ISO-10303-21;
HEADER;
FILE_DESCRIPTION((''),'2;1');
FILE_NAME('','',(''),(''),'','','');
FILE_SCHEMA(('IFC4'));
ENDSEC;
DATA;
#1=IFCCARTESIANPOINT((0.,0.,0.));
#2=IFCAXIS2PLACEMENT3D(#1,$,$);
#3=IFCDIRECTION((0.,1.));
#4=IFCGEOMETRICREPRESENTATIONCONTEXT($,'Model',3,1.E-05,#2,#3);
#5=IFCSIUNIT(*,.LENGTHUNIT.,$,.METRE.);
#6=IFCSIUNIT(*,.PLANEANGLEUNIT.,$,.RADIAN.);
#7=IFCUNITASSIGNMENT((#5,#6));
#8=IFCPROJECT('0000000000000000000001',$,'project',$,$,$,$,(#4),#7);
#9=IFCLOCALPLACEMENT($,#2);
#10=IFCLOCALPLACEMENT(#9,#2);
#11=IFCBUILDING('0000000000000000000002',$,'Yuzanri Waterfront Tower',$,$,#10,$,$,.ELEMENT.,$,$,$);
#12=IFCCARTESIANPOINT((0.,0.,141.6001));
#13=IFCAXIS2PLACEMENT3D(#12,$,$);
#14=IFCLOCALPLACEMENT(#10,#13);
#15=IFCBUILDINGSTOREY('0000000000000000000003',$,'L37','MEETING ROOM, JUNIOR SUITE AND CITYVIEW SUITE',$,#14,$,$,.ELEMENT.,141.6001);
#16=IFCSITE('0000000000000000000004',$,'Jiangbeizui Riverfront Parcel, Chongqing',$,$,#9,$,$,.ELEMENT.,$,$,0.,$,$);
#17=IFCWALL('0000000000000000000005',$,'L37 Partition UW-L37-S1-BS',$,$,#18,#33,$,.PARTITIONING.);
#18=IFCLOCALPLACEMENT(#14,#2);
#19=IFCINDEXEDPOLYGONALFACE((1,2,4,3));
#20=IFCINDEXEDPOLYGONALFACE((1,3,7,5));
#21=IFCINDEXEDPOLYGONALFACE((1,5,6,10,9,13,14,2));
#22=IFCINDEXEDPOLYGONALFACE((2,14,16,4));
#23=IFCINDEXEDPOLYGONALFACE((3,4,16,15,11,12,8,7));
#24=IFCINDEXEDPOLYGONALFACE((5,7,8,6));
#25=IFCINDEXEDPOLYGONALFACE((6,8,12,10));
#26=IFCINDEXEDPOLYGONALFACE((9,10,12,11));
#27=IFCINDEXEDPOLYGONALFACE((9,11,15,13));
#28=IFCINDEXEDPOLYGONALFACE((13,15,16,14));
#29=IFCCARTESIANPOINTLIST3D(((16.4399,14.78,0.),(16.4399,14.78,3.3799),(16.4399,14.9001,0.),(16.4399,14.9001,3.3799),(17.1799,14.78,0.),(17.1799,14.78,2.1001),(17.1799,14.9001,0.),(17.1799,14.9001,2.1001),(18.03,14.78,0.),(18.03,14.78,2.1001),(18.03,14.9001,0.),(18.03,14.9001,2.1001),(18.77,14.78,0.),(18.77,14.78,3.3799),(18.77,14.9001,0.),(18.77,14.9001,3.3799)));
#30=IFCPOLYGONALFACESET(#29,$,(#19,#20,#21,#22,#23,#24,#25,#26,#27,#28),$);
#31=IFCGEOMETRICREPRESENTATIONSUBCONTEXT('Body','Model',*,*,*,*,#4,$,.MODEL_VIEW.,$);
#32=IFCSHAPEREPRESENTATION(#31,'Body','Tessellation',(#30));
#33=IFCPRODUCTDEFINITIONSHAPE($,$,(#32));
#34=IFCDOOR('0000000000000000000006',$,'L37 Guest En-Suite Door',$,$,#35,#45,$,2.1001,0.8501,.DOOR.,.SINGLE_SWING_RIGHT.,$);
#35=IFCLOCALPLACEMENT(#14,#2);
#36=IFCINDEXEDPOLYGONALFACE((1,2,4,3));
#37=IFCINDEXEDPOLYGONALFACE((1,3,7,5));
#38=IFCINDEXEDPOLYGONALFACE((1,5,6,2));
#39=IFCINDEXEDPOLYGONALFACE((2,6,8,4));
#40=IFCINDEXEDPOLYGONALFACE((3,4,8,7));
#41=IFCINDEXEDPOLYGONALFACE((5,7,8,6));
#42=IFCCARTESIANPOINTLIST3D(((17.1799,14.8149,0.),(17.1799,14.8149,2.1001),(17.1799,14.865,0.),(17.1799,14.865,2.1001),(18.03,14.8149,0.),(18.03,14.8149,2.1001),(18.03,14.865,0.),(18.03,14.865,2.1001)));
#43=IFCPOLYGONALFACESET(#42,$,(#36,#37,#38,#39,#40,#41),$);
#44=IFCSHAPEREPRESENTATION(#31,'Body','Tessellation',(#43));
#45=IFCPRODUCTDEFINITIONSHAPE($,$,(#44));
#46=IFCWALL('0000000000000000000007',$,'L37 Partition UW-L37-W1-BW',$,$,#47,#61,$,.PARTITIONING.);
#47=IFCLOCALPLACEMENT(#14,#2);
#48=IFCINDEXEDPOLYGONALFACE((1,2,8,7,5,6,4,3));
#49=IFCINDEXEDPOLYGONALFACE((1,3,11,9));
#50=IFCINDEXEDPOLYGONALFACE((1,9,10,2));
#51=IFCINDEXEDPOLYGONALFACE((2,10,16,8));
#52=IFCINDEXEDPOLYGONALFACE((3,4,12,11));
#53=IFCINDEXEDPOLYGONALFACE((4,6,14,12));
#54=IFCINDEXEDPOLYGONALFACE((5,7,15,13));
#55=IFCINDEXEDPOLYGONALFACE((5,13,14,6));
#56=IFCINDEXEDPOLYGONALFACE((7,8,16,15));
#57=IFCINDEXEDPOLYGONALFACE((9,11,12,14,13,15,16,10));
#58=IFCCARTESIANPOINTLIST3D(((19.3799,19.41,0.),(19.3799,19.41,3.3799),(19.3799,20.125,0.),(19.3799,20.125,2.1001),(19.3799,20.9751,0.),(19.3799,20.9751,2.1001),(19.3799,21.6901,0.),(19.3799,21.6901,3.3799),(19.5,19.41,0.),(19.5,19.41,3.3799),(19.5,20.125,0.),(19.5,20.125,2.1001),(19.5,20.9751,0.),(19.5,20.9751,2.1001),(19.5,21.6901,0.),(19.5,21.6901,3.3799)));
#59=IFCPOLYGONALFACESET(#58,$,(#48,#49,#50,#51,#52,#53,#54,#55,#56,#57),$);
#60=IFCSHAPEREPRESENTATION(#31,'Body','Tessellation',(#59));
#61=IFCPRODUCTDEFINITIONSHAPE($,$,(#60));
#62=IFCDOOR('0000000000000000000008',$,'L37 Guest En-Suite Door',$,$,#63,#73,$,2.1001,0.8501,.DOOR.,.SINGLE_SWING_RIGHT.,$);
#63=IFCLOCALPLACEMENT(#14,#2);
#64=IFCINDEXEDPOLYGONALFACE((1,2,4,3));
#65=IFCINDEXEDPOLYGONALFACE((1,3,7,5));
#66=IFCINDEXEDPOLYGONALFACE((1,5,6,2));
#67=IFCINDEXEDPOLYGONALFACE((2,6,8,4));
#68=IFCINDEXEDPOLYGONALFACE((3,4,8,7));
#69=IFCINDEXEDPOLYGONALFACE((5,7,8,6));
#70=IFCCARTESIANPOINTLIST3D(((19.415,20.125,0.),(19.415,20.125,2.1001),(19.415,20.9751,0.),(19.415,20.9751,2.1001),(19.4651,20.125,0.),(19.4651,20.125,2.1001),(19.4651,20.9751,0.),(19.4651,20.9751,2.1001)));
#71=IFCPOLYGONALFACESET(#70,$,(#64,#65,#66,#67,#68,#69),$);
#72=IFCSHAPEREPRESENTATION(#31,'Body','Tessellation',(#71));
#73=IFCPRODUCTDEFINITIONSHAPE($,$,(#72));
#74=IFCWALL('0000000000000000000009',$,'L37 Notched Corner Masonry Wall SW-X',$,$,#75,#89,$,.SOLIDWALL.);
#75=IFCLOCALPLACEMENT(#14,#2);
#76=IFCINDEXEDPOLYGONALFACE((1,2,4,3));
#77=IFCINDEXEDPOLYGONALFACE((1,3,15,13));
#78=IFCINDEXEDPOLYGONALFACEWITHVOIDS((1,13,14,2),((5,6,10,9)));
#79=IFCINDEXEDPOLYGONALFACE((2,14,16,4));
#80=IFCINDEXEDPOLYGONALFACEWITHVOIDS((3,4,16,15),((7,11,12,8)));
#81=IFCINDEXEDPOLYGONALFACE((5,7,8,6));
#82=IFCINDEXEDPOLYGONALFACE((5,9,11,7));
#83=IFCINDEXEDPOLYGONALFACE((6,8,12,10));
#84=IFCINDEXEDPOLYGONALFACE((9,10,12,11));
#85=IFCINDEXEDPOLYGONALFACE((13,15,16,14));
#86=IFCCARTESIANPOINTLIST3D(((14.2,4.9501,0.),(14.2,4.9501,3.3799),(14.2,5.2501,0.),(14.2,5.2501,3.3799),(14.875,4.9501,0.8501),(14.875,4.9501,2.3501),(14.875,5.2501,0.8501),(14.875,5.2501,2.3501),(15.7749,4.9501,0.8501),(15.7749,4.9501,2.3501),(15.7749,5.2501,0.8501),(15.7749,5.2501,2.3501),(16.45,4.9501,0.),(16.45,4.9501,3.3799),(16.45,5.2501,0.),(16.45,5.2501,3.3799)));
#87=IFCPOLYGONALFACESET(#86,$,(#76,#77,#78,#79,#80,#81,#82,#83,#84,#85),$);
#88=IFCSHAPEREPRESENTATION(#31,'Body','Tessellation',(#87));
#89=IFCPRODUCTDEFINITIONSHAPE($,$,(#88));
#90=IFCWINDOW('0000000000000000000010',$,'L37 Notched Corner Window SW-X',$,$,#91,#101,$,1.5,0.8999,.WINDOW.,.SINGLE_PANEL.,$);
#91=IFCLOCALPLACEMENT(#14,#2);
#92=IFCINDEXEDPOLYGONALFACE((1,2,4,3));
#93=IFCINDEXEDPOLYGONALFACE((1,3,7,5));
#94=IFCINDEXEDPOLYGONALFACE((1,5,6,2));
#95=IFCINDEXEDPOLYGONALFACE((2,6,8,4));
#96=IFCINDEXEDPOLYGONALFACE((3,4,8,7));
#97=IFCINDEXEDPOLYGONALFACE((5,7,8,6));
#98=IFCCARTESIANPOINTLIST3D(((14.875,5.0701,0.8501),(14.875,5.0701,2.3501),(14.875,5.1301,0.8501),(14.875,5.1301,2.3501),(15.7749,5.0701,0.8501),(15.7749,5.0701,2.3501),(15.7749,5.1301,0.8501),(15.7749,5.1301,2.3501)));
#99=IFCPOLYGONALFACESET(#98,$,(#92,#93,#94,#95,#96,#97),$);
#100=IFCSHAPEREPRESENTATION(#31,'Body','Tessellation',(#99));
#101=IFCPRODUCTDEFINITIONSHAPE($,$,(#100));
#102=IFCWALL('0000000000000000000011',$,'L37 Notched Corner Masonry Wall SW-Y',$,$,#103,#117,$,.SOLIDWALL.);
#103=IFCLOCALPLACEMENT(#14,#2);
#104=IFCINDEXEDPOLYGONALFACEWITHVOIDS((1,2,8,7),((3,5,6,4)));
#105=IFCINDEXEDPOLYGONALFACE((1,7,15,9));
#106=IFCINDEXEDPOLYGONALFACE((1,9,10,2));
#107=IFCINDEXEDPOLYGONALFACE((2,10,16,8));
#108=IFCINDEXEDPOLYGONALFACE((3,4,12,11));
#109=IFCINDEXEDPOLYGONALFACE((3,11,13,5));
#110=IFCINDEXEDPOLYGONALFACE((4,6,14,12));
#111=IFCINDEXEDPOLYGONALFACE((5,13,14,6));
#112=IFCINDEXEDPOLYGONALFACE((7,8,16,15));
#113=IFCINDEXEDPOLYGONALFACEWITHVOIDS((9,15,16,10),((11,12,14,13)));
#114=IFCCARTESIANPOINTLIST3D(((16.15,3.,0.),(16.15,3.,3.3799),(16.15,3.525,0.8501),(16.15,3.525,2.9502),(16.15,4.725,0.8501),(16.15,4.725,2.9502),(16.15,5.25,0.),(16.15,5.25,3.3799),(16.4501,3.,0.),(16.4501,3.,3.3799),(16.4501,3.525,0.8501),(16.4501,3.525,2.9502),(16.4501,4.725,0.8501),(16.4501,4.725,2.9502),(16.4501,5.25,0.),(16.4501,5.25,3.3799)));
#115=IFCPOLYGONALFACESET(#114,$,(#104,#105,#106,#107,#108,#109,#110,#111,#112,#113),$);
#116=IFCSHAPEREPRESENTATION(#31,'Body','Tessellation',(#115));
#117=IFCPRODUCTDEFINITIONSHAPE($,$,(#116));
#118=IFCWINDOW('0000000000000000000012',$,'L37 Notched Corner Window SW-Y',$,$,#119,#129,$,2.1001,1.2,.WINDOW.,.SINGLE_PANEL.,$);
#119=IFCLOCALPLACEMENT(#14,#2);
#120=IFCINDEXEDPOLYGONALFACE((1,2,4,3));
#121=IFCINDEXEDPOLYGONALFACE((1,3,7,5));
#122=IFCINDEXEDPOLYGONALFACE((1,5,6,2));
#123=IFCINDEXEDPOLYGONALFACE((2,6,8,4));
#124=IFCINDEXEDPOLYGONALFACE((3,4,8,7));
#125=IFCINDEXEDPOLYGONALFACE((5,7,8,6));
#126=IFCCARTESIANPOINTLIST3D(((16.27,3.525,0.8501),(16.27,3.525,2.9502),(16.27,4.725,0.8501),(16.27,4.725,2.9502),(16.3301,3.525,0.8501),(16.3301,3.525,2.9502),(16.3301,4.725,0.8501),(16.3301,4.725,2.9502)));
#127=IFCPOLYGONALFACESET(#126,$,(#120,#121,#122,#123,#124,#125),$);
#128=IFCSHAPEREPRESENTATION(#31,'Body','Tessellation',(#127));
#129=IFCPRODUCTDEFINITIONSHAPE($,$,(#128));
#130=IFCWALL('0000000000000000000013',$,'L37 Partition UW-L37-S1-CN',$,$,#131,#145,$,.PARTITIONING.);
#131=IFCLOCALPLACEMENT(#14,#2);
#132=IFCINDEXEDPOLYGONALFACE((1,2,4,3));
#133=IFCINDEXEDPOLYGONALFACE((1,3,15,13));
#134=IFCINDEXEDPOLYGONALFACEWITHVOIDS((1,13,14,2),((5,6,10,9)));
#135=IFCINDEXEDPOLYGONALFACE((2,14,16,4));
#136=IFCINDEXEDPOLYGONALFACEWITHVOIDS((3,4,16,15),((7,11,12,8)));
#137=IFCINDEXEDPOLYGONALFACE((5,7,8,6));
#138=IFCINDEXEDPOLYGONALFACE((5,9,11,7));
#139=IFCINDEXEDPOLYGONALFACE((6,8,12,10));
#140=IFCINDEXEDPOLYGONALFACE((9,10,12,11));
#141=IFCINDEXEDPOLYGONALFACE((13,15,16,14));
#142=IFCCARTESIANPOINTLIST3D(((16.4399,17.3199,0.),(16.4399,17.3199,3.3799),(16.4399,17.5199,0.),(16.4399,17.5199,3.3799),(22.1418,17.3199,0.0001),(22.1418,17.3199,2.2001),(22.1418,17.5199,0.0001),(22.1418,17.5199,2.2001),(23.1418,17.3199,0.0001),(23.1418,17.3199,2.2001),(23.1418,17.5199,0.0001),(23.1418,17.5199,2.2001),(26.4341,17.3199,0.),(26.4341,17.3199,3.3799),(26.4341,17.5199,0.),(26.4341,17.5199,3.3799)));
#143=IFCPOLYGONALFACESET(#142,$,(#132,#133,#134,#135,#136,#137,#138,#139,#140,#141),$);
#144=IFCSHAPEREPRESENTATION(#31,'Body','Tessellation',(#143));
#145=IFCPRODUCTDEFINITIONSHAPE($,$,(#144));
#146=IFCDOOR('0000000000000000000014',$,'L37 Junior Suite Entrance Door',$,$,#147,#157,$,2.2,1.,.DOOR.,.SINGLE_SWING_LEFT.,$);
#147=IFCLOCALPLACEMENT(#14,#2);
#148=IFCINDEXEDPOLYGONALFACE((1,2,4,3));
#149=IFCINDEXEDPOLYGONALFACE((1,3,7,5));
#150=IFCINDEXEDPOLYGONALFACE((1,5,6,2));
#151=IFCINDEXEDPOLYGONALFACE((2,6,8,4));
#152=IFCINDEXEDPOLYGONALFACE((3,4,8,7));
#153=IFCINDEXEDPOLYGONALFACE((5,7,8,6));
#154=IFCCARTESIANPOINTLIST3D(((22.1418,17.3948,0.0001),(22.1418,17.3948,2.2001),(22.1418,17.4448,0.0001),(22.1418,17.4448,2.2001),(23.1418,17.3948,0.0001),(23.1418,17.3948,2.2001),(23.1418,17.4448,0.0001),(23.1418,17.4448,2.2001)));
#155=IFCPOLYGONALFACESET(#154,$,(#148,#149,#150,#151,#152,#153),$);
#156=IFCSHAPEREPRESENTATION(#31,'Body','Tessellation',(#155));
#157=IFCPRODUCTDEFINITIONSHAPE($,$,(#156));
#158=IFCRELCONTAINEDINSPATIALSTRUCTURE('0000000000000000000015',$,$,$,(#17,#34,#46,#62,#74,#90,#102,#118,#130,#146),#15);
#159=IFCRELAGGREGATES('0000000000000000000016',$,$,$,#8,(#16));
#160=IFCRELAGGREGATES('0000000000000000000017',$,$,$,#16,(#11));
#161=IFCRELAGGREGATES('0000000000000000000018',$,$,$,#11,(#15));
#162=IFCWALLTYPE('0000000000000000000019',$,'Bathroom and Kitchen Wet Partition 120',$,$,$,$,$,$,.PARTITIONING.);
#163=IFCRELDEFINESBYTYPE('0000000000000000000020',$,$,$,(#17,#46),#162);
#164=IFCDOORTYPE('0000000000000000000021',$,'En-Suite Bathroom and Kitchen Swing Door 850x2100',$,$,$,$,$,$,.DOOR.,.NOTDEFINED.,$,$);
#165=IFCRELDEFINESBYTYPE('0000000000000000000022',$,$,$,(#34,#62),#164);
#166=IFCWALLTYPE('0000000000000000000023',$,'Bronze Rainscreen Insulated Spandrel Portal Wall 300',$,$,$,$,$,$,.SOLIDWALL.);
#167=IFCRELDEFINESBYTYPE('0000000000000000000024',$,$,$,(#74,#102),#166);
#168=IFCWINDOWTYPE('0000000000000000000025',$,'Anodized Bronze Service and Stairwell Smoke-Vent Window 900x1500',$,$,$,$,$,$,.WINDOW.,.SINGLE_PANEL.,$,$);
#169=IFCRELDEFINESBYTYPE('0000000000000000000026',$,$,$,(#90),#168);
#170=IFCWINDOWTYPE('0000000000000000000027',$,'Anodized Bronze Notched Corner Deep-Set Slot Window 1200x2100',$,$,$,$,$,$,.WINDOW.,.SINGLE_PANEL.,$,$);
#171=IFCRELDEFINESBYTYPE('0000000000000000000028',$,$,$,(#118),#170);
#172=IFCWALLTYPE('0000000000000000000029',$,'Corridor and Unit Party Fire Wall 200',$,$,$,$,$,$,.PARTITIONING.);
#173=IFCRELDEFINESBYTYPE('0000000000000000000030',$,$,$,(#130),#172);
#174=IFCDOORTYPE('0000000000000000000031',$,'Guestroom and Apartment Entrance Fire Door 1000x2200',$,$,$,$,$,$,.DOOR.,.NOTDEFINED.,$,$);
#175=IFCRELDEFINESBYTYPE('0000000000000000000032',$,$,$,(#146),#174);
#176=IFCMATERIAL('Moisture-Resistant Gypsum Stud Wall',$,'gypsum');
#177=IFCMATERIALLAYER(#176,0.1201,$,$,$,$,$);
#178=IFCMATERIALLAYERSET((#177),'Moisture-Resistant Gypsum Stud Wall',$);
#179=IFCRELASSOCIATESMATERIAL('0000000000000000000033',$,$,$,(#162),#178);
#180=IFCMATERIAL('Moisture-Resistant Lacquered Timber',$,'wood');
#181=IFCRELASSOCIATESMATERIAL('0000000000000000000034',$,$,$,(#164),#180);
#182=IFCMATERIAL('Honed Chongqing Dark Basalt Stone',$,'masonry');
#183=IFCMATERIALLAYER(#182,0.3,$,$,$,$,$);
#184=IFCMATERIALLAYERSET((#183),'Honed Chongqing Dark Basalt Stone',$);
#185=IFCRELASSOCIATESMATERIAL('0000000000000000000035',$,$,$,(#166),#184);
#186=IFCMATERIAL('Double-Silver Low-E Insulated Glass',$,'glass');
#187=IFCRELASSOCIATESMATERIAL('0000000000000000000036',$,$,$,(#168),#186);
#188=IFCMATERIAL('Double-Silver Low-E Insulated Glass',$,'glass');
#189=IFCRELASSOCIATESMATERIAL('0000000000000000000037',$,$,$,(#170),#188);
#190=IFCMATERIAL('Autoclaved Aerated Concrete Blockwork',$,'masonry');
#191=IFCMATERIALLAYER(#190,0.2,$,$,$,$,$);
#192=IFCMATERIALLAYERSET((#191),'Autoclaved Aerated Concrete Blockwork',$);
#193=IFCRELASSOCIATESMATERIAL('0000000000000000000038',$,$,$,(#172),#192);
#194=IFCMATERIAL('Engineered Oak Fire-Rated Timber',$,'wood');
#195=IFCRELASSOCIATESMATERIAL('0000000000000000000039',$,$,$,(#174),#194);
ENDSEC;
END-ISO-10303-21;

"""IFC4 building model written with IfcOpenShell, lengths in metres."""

from ifc_helpers import new_model, si_unit, direction, frame, frame_2d, origin, place, context, subcontext, project, spatial, rectangle, extrude, source, transform, mapped, material, layer, layer_set, type_object, element, fill, save


model = new_model("IFC4")

# Units and contexts
model_context = context("Model", 3, precision=1e-05, world=origin(), true_north=direction((0.0, 1.0)))
body_context = subcontext(model_context, "Body", "Model", "MODEL_VIEW")
ifc_project = project(units=[si_unit("LENGTHUNIT", "METRE"), si_unit("PLANEANGLEUNIT", "RADIAN")], contexts=[model_context])

# Site, building, storey
site_placement = place(None, origin())
site = spatial("IfcSite", under=ifc_project, at=site_placement, Name="Jiangbeizui Riverfront Parcel, Chongqing", CompositionType="ELEMENT", RefElevation=0.0)
building_placement = place(site_placement, origin())
building = spatial("IfcBuilding", under=site, at=building_placement, Name="Yuzanri Waterfront Tower", CompositionType="ELEMENT")
storey_placement = place(building_placement, frame((0.0, 0.0, 141.6001)))
storey = spatial("IfcBuildingStorey", under=building, at=storey_placement, Name="L37", Description="MEETING ROOM, JUNIOR SUITE AND CITYVIEW SUITE", CompositionType="ELEMENT", Elevation=141.6001)

# Walls, openings, doors
ifc_material_1 = material(Name="Moisture-Resistant Gypsum Stud Wall", Category="gypsum")
ifc_layer_1 = layer(ifc_material_1, 0.1201)
ifc_layer_set_1 = layer_set([ifc_layer_1], Name="Moisture-Resistant Gypsum Stud Wall")
wall_type_1 = type_object("IfcWallType", Name="Bathroom and Kitchen Wet Partition 120", PredefinedType="PARTITIONING", material=ifc_layer_set_1)
wall_1_placement = place(storey_placement, frame((16.4399, 14.8401, 0.0), z_axis=(0.0, 0.0, 1.0), x_axis=(1.0, 0.0, 0.0)))
wall_1 = element("IfcWall", 1, at=wall_1_placement, inside=storey, type_object=wall_type_1, Name="L37 Partition UW-L37-S1-BS", PredefinedType="PARTITIONING", context=body_context, shape_type="SweptSolid", body=[
    extrude(rectangle(XDim=2.3301, YDim=0.1201, at=frame_2d((1.165, 0.0))), origin(), (0.0, 0.0, 1.0), 3.3799),
])
opening_1_placement = place(wall_1_placement, frame((0.74, 0.0, 0.0)))
opening_1 = element("IfcOpeningElement", 2, at=opening_1_placement, cuts=wall_1, PredefinedType="OPENING", context=body_context, shape_type="SweptSolid", body=[
    extrude(rectangle(XDim=0.8501, YDim=2.1001, at=frame_2d((0.425, 1.05))), frame((0.0, 0.075, 0.0), z_axis=(0.0, -1.0, 0.0), x_axis=(1.0, 0.0, 0.0)), (0.0, 0.0, 1.0), 0.1499),
])
ifc_material_2 = material(Name="Moisture-Resistant Lacquered Timber", Category="wood")
door_type_1 = type_object("IfcDoorType", Name="En-Suite Bathroom and Kitchen Swing Door 850x2100", OperationType="NOTDEFINED", PredefinedType="DOOR", material=ifc_material_2)
shared_shape_1 = source(origin(), body_context, "Body", "SweptSolid", [
    extrude(rectangle(XDim=0.8501, YDim=2.1001, at=frame_2d((0.425, 1.05))), frame((0.0, 0.0249, 0.0), z_axis=(0.0, -1.0, 0.0), x_axis=(1.0, 0.0, 0.0)), (0.0, 0.0, 1.0), 0.05),
])
door_1_placement = place(opening_1_placement, origin())
door_1 = element("IfcDoor", 3, at=door_1_placement, inside=storey, type_object=door_type_1, Name="L37 Guest En-Suite Door", OperationType="SINGLE_SWING_RIGHT", OverallHeight=2.1001, OverallWidth=0.8501, PredefinedType="DOOR", context=body_context, shape_type="MappedRepresentation", body=[
    mapped(shared_shape_1, transform((0.0, 0.0, 0.0), scale=1.0)),
])
fill(opening_1, door_1)
wall_2_placement = place(storey_placement, frame((19.4399, 19.4099, 0.0), z_axis=(0.0, 0.0, 1.0), x_axis=(0.0, 1.0, 0.0)))
wall_2 = element("IfcWall", 4, at=wall_2_placement, inside=storey, type_object=wall_type_1, Name="L37 Partition UW-L37-W1-BW", PredefinedType="PARTITIONING", context=body_context, shape_type="SweptSolid", body=[
    extrude(rectangle(XDim=2.28, YDim=0.1201, at=frame_2d((1.1401, 0.0))), origin(), (0.0, 0.0, 1.0), 3.3799),
])
opening_2_placement = place(wall_2_placement, frame((0.7151, 0.0, 0.0)))
opening_2 = element("IfcOpeningElement", 5, at=opening_2_placement, cuts=wall_2, PredefinedType="OPENING", context=body_context, shape_type="SweptSolid", body=[
    extrude(rectangle(XDim=0.8501, YDim=2.1001, at=frame_2d((0.425, 1.05))), frame((0.0, 0.075, 0.0), z_axis=(0.0, -1.0, 0.0), x_axis=(1.0, 0.0, 0.0)), (0.0, 0.0, 1.0), 0.1499),
])
door_2_placement = place(opening_2_placement, origin())
door_2 = element("IfcDoor", 6, at=door_2_placement, inside=storey, type_object=door_type_1, Name="L37 Guest En-Suite Door", OperationType="SINGLE_SWING_RIGHT", OverallHeight=2.1001, OverallWidth=0.8501, PredefinedType="DOOR", context=body_context, shape_type="MappedRepresentation", body=[
    mapped(shared_shape_1, transform((0.0, 0.0, 0.0), scale=1.0)),
])
fill(opening_2, door_2)

# Walls, openings, windows
ifc_material_3 = material(Name="Honed Chongqing Dark Basalt Stone", Category="masonry")
ifc_layer_2 = layer(ifc_material_3, 0.3)
ifc_layer_set_2 = layer_set([ifc_layer_2], Name="Honed Chongqing Dark Basalt Stone")
wall_type_2 = type_object("IfcWallType", Name="Bronze Rainscreen Insulated Spandrel Portal Wall 300", PredefinedType="SOLIDWALL", material=ifc_layer_set_2)
wall_3_placement = place(storey_placement, frame((14.2, 5.1001, 0.0), z_axis=(0.0, 0.0, 1.0), x_axis=(1.0, 0.0, 0.0)))
wall_3 = element("IfcWall", 7, at=wall_3_placement, inside=storey, type_object=wall_type_2, Name="L37 Notched Corner Masonry Wall SW-X", PredefinedType="SOLIDWALL", context=body_context, shape_type="SweptSolid", body=[
    extrude(rectangle(XDim=2.25, YDim=0.3, at=frame_2d((1.125, 0.0))), origin(), (0.0, 0.0, 1.0), 3.3799),
])
opening_3_placement = place(wall_3_placement, frame((0.675, 0.0, 0.8501)))
opening_3 = element("IfcOpeningElement", 8, at=opening_3_placement, cuts=wall_3, PredefinedType="OPENING", context=body_context, shape_type="SweptSolid", body=[
    extrude(rectangle(XDim=0.8999, YDim=1.5, at=frame_2d((0.45, 0.75))), frame((0.0, 0.165, 0.0), z_axis=(0.0, -1.0, 0.0), x_axis=(1.0, 0.0, 0.0)), (0.0, 0.0, 1.0), 0.3298),
])
ifc_material_4 = material(Name="Double-Silver Low-E Insulated Glass", Category="glass")
window_type_1 = type_object("IfcWindowType", Name="Anodized Bronze Service and Stairwell Smoke-Vent Window 900x1500", PartitioningType="SINGLE_PANEL", PredefinedType="WINDOW", material=ifc_material_4)
shared_shape_2 = source(origin(), body_context, "Body", "SweptSolid", [
    extrude(rectangle(XDim=0.8999, YDim=1.5, at=frame_2d((0.45, 0.75))), frame((0.0, 0.03, 0.0), z_axis=(0.0, -1.0, 0.0), x_axis=(1.0, 0.0, 0.0)), (0.0, 0.0, 1.0), 0.0601),
])
window_1_placement = place(opening_3_placement, origin())
window_1 = element("IfcWindow", 9, at=window_1_placement, inside=storey, type_object=window_type_1, Name="L37 Notched Corner Window SW-X", OverallHeight=1.5, OverallWidth=0.8999, PartitioningType="SINGLE_PANEL", PredefinedType="WINDOW", context=body_context, shape_type="MappedRepresentation", body=[
    mapped(shared_shape_2, transform((0.0, 0.0, 0.0), scale=1.0)),
])
fill(opening_3, window_1)
wall_4_placement = place(storey_placement, frame((16.3, 5.25, 0.0), z_axis=(0.0, 0.0, 1.0), x_axis=(0.0, -1.0, 0.0)))
wall_4 = element("IfcWall", 10, at=wall_4_placement, inside=storey, type_object=wall_type_2, Name="L37 Notched Corner Masonry Wall SW-Y", PredefinedType="SOLIDWALL", context=body_context, shape_type="SweptSolid", body=[
    extrude(rectangle(XDim=2.25, YDim=0.3, at=frame_2d((1.125, 0.0))), origin(), (0.0, 0.0, 1.0), 3.3799),
])
opening_4_placement = place(wall_4_placement, frame((0.5249, 0.0, 0.8501)))
opening_4 = element("IfcOpeningElement", 11, at=opening_4_placement, cuts=wall_4, PredefinedType="OPENING", context=body_context, shape_type="SweptSolid", body=[
    extrude(rectangle(XDim=1.2, YDim=2.1001, at=frame_2d((0.6001, 1.05))), frame((0.0, 0.165, 0.0), z_axis=(0.0, -1.0, 0.0), x_axis=(1.0, 0.0, 0.0)), (0.0, 0.0, 1.0), 0.3298),
])
ifc_material_5 = material(Name="Double-Silver Low-E Insulated Glass", Category="glass")
window_type_2 = type_object("IfcWindowType", Name="Anodized Bronze Notched Corner Deep-Set Slot Window 1200x2100", PartitioningType="SINGLE_PANEL", PredefinedType="WINDOW", material=ifc_material_5)
shared_shape_3 = source(origin(), body_context, "Body", "SweptSolid", [
    extrude(rectangle(XDim=1.2, YDim=2.1001, at=frame_2d((0.6001, 1.05))), frame((0.0, 0.03, 0.0), z_axis=(0.0, -1.0, 0.0), x_axis=(1.0, 0.0, 0.0)), (0.0, 0.0, 1.0), 0.0601),
])
window_2_placement = place(opening_4_placement, origin())
window_2 = element("IfcWindow", 12, at=window_2_placement, inside=storey, type_object=window_type_2, Name="L37 Notched Corner Window SW-Y", OverallHeight=2.1001, OverallWidth=1.2, PartitioningType="SINGLE_PANEL", PredefinedType="WINDOW", context=body_context, shape_type="MappedRepresentation", body=[
    mapped(shared_shape_3, transform((0.0, 0.0, 0.0), scale=1.0)),
])
fill(opening_4, window_2)

# Wall, opening, door
ifc_material_6 = material(Name="Autoclaved Aerated Concrete Blockwork", Category="masonry")
ifc_layer_3 = layer(ifc_material_6, 0.2)
ifc_layer_set_3 = layer_set([ifc_layer_3], Name="Autoclaved Aerated Concrete Blockwork")
wall_type_3 = type_object("IfcWallType", Name="Corridor and Unit Party Fire Wall 200", PredefinedType="PARTITIONING", material=ifc_layer_set_3)
wall_5_placement = place(storey_placement, frame((16.4399, 17.4199, 0.0), z_axis=(0.0, 0.0, 1.0), x_axis=(1.0, 0.0, 0.0)))
wall_5 = element("IfcWall", 13, at=wall_5_placement, inside=storey, type_object=wall_type_3, Name="L37 Partition UW-L37-S1-CN", PredefinedType="PARTITIONING", context=body_context, shape_type="SweptSolid", body=[
    extrude(rectangle(XDim=9.9941, YDim=0.2, at=frame_2d((4.9971, 0.0))), origin(), (0.0, 0.0, 1.0), 3.3799),
])
opening_5_placement = place(wall_5_placement, frame((5.7019, 0.0, 0.0)))
opening_5 = element("IfcOpeningElement", 14, at=opening_5_placement, cuts=wall_5, PredefinedType="OPENING", context=body_context, shape_type="SweptSolid", body=[
    extrude(rectangle(XDim=1.0, YDim=2.2, at=frame_2d((0.5, 1.1001))), frame((0.0, 0.1147, 0.0), z_axis=(0.0, -1.0, 0.0), x_axis=(1.0, 0.0, 0.0)), (0.0, 0.0, 1.0), 0.2297),
])
ifc_material_7 = material(Name="Engineered Oak Fire-Rated Timber", Category="wood")
door_type_2 = type_object("IfcDoorType", Name="Guestroom and Apartment Entrance Fire Door 1000x2200", OperationType="NOTDEFINED", PredefinedType="DOOR", material=ifc_material_7)
shared_shape_4 = source(origin(), body_context, "Body", "SweptSolid", [
    extrude(rectangle(XDim=1.0, YDim=2.2, at=frame_2d((0.5, 1.1001))), frame((0.0, 0.0249, 0.0), z_axis=(0.0, -1.0, 0.0), x_axis=(1.0, 0.0, 0.0)), (0.0, 0.0, 1.0), 0.05),
])
door_3_placement = place(opening_5_placement, origin())
door_3 = element("IfcDoor", 15, at=door_3_placement, inside=storey, type_object=door_type_2, Name="L37 Junior Suite Entrance Door", OperationType="SINGLE_SWING_LEFT", OverallHeight=2.2, OverallWidth=1.0, PredefinedType="DOOR", context=body_context, shape_type="MappedRepresentation", body=[
    mapped(shared_shape_4, transform((0.0, 0.0, 0.0), scale=1.0)),
])
fill(opening_5, door_3)

save(model, "model.ifc")
